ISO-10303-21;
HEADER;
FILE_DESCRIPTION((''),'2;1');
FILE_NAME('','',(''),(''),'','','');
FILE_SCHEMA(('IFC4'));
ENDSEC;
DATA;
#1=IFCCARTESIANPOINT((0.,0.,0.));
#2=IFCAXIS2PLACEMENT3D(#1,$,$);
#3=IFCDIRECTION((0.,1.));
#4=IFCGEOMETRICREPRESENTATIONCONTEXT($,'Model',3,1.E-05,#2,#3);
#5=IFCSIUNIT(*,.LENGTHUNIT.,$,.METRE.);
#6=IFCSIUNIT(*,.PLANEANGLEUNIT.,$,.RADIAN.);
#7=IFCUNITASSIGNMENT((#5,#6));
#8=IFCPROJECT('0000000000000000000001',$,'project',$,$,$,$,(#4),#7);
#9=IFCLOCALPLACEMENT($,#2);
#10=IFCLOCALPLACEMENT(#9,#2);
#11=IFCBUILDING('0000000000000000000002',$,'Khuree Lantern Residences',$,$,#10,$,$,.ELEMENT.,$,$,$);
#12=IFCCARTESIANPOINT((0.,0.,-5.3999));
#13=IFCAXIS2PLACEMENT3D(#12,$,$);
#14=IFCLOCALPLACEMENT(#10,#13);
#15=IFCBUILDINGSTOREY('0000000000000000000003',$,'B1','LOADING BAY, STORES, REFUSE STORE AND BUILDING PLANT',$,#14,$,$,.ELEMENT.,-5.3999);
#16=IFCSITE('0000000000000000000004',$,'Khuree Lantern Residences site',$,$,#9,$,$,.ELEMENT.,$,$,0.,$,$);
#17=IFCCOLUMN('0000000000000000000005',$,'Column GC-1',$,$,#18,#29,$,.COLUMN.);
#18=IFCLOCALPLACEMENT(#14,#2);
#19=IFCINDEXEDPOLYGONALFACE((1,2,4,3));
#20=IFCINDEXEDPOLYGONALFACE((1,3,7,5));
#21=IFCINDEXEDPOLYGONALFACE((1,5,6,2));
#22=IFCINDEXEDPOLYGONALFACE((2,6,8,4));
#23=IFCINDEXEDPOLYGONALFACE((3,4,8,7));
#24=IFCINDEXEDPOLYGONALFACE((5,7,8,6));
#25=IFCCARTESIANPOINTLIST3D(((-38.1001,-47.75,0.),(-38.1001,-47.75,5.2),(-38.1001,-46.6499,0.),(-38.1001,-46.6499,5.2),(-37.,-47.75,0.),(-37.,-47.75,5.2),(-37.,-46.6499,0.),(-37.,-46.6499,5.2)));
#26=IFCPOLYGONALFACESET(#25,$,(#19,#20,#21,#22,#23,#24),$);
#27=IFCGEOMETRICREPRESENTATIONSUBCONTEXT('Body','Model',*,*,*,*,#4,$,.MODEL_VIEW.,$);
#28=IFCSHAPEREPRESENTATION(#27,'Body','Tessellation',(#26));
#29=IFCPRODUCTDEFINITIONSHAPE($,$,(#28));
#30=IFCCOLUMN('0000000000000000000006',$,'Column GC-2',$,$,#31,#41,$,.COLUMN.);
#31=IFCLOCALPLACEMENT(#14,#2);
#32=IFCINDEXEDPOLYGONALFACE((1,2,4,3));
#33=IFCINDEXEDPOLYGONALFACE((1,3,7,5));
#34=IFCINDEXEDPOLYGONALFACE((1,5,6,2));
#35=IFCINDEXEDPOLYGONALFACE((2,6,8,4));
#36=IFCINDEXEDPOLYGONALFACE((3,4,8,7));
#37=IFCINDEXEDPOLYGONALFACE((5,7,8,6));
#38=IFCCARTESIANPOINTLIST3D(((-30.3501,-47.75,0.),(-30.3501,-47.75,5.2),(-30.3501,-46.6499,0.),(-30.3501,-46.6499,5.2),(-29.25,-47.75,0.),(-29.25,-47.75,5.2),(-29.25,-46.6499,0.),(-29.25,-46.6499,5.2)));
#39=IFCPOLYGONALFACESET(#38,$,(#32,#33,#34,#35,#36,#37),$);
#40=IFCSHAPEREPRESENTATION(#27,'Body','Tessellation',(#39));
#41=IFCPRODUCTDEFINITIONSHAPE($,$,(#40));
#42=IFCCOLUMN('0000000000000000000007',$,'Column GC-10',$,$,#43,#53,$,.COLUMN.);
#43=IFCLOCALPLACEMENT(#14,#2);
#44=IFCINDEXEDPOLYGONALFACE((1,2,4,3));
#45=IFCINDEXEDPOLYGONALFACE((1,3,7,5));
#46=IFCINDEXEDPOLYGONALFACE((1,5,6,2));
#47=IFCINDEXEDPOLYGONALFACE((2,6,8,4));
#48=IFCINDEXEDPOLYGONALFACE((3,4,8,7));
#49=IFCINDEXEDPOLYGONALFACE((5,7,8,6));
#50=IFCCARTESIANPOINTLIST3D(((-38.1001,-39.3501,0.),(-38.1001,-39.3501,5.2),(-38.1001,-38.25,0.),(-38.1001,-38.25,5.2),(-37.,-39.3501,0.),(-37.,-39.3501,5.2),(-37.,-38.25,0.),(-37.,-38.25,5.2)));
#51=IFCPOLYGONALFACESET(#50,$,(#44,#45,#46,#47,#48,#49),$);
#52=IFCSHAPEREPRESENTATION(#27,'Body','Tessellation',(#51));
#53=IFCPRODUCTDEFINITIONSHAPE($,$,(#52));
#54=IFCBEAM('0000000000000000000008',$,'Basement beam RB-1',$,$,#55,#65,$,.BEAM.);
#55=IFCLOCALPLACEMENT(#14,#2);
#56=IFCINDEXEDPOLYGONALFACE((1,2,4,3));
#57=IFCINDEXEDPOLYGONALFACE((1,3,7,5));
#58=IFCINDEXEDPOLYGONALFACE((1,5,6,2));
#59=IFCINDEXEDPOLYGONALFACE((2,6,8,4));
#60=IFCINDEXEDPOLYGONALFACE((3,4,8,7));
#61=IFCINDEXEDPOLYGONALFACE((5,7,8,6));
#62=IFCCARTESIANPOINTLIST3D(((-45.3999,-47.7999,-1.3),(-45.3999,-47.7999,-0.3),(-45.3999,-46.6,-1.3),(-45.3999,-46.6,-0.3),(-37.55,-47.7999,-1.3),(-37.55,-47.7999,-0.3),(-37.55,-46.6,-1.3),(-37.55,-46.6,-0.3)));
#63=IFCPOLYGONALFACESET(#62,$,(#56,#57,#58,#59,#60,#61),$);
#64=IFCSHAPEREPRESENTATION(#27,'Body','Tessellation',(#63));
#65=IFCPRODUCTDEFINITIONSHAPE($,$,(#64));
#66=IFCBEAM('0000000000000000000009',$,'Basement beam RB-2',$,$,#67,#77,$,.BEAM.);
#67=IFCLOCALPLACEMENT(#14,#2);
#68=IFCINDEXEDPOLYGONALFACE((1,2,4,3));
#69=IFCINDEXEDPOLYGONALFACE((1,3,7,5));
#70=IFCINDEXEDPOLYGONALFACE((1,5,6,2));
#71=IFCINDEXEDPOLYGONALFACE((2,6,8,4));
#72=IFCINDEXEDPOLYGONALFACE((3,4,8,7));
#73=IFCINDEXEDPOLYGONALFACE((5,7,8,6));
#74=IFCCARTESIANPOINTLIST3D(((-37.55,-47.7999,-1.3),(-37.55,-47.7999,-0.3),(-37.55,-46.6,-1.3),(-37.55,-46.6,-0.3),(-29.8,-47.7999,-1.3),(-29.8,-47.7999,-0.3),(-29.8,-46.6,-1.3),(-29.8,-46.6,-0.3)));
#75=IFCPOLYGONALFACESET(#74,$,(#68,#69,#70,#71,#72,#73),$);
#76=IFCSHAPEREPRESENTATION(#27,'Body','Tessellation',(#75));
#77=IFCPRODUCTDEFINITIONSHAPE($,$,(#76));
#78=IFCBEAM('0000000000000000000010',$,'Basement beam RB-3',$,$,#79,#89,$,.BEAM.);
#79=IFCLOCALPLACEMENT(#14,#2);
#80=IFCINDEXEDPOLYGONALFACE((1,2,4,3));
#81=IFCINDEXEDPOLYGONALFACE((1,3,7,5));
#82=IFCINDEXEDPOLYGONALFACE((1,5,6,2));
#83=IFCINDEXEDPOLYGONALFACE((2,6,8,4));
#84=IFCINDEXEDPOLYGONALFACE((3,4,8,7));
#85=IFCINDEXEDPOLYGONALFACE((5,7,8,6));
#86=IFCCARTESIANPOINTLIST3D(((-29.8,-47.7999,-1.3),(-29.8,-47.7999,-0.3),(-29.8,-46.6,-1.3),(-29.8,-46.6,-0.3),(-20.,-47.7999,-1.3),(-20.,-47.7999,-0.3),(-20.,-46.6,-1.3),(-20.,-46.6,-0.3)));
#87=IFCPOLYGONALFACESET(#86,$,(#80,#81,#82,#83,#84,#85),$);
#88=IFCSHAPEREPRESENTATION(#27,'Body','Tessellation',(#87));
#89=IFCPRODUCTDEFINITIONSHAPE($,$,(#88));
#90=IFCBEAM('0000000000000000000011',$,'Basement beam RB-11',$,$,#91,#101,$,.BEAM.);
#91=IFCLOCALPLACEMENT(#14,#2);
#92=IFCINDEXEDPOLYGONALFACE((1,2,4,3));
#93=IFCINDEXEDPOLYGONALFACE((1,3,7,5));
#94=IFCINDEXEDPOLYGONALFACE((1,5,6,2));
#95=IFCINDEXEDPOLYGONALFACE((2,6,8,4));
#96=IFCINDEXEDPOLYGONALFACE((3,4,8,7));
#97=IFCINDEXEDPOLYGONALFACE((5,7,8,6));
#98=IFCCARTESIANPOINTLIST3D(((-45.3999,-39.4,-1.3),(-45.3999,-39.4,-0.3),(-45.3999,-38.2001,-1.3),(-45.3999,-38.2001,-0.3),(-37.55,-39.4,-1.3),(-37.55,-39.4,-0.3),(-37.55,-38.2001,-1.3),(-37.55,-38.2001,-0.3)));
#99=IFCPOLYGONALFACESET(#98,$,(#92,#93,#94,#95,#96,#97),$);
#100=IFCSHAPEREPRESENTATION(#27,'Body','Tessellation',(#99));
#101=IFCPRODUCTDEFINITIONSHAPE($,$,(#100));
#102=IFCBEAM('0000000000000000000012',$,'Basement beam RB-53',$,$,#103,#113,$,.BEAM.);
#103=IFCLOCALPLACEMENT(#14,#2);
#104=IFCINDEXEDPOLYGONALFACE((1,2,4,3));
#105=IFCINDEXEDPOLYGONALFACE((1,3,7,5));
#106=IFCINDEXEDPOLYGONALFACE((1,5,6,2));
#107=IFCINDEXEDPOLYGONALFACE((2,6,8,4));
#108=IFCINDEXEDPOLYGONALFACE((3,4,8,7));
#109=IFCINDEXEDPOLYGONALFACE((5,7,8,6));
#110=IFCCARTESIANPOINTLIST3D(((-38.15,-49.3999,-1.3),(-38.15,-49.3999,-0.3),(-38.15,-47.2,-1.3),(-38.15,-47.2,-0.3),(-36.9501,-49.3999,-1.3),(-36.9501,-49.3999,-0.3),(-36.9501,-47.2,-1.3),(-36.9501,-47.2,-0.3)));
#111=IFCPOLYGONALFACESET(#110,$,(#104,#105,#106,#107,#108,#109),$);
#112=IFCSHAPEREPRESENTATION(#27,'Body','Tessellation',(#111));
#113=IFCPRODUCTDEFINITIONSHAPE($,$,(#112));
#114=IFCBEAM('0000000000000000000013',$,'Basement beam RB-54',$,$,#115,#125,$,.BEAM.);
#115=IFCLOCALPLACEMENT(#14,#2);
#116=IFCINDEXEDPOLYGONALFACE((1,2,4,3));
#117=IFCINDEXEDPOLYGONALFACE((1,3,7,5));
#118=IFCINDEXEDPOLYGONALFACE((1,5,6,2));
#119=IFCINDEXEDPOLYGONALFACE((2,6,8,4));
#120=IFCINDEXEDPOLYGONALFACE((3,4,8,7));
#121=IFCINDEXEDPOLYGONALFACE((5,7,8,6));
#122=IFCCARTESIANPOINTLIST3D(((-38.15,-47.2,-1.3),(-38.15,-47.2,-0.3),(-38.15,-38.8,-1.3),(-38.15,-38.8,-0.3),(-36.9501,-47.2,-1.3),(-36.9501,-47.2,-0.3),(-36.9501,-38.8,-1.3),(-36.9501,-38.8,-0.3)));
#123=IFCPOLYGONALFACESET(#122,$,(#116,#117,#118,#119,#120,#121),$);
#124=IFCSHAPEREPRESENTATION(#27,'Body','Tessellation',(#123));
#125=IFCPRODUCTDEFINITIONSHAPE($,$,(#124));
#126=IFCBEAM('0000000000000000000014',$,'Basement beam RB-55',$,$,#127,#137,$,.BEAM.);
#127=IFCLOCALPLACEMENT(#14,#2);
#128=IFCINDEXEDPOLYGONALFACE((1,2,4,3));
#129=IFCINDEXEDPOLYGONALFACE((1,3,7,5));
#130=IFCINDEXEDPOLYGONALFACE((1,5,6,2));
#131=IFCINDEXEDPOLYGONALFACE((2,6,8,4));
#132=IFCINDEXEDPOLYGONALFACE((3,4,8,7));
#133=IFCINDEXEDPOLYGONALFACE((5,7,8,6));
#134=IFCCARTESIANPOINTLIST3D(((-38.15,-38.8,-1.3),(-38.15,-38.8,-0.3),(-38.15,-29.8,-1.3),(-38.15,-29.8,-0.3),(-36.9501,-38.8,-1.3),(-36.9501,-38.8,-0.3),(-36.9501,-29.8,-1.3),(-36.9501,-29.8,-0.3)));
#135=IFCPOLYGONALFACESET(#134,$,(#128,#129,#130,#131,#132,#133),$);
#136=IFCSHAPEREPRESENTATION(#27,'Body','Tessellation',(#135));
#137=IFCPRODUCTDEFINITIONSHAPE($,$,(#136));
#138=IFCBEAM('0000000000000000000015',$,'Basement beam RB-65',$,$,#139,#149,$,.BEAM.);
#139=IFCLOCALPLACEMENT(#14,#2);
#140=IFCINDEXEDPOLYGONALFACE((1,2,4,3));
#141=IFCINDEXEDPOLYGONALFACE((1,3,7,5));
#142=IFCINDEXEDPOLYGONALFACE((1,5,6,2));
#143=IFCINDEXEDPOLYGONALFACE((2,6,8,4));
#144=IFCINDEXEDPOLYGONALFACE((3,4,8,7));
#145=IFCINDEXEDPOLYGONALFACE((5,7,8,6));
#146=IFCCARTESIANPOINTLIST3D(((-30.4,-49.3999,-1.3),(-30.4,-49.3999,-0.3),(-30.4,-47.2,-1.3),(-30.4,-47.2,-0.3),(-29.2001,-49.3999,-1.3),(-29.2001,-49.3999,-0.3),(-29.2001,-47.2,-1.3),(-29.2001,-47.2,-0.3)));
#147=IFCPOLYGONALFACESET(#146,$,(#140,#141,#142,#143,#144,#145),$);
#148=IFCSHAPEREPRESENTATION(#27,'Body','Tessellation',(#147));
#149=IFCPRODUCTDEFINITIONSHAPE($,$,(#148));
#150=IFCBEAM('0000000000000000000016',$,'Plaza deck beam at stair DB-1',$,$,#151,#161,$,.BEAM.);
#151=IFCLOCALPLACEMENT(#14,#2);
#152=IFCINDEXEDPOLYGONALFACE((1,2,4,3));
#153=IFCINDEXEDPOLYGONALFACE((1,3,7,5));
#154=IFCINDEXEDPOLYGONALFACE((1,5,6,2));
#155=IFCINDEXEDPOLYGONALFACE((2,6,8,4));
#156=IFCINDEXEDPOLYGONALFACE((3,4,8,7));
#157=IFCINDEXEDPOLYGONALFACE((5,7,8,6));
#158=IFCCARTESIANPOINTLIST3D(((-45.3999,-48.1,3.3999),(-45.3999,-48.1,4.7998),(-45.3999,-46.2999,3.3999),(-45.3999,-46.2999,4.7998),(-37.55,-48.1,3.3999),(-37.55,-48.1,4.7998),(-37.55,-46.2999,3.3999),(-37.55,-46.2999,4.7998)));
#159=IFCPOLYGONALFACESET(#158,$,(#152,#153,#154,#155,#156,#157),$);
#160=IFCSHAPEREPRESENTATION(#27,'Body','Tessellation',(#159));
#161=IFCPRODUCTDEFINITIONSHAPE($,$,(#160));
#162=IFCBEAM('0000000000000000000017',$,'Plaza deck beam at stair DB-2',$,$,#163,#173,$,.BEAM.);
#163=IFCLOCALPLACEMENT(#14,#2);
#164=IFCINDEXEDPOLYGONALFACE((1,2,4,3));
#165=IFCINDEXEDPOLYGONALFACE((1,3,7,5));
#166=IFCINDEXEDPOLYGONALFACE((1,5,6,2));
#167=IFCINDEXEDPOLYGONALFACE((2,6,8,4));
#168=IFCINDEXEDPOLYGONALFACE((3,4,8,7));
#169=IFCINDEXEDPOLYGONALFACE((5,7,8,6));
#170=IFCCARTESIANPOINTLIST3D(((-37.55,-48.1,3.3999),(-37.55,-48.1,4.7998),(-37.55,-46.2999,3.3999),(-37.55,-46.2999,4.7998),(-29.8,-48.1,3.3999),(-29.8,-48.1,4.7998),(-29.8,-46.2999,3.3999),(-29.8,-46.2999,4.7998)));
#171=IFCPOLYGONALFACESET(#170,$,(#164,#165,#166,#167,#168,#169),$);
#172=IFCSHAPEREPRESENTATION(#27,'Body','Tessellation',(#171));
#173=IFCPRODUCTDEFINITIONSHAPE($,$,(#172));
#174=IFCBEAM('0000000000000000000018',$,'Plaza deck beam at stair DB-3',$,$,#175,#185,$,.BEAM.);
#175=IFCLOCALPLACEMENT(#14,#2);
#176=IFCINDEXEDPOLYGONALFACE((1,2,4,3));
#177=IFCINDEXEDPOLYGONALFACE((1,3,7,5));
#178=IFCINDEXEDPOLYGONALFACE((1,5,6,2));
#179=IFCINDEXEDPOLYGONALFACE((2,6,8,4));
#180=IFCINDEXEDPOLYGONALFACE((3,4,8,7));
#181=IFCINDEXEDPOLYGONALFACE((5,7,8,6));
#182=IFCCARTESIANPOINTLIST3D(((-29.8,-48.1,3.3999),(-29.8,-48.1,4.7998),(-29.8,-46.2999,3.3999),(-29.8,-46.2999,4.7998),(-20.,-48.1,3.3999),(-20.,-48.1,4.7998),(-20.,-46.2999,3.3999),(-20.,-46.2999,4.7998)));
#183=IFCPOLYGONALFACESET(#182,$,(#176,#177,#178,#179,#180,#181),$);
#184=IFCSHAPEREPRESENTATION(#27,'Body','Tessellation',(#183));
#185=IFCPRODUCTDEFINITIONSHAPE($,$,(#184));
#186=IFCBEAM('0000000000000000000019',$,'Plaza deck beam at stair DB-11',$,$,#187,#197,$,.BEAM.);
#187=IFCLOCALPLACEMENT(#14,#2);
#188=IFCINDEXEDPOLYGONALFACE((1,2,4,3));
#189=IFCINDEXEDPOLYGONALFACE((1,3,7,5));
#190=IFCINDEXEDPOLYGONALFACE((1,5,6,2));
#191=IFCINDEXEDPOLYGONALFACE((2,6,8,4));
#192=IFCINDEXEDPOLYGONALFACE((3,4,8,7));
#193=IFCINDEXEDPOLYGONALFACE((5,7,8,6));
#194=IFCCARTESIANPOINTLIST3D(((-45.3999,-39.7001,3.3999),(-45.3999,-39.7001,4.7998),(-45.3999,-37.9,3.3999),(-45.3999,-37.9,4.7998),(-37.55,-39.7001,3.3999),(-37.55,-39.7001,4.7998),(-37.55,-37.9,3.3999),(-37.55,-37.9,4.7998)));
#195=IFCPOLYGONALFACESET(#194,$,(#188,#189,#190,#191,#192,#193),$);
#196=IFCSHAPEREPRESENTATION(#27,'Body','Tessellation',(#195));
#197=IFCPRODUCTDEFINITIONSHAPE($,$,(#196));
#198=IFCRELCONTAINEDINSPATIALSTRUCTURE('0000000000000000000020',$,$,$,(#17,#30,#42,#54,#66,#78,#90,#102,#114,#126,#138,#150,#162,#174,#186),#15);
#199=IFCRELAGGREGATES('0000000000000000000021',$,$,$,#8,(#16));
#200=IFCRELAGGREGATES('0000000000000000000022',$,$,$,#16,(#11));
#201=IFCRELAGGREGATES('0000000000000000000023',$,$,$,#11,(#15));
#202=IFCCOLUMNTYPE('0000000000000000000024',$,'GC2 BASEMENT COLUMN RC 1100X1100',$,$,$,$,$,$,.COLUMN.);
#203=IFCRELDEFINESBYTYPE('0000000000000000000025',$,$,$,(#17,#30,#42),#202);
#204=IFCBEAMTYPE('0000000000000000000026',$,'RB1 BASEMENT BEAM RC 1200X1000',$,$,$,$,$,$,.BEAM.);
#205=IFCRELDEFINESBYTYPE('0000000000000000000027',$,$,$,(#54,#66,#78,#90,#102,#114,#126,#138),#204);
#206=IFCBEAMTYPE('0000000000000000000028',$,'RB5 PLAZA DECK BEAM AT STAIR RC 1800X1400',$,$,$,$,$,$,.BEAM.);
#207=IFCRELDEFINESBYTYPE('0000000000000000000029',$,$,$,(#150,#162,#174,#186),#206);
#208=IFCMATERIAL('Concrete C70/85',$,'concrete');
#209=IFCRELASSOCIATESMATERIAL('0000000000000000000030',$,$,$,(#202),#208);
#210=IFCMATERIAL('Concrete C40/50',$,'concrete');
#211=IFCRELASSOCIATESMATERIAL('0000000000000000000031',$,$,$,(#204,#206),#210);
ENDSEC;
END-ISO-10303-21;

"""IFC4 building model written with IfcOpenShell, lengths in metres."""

from ifc_helpers import new_model, si_unit, direction, frame, origin, origin_2d, place, context, subcontext, project, spatial, rectangle, extrude, material, material_profile, profile_set, type_object, element, save


model = new_model("IFC4")

# Units and contexts
model_context = context("Model", 3, precision=1e-05, world=origin(), true_north=direction((0.0, 1.0)))
body_context = subcontext(model_context, "Body", "Model", "MODEL_VIEW")
ifc_project = project(units=[si_unit("LENGTHUNIT", "METRE"), si_unit("PLANEANGLEUNIT", "RADIAN")], contexts=[model_context])

# Site, building, storey
site_placement = place(None, origin())
site = spatial("IfcSite", under=ifc_project, at=site_placement, Name="Khuree Lantern Residences site", CompositionType="ELEMENT", RefElevation=0.0)
building_placement = place(site_placement, origin())
building = spatial("IfcBuilding", under=site, at=building_placement, Name="Khuree Lantern Residences", CompositionType="ELEMENT")
storey_placement = place(building_placement, frame((0.0, 0.0, -5.3999)))
storey = spatial("IfcBuildingStorey", under=building, at=storey_placement, Name="B1", Description="LOADING BAY, STORES, REFUSE STORE AND BUILDING PLANT", CompositionType="ELEMENT", Elevation=-5.3999)

# Columns
ifc_material_1 = material(Name="Concrete C70/85", Category="concrete")
ifc_material_profile_1 = material_profile(ifc_material_1, rectangle(XDim=1.1001, YDim=1.1001, at=origin_2d()), Name="RC 1100X1100")
ifc_profile_set_1 = profile_set([ifc_material_profile_1], Name="Concrete C70/85")
column_type = type_object("IfcColumnType", Name="GC2 BASEMENT COLUMN RC 1100X1100", PredefinedType="COLUMN", material=ifc_profile_set_1)
for number, where, z_axis, x_axis, name in (
    (1, (-37.55, -47.2, 0.0), (0.0, 0.0, 1.0), (1.0, 0.0, 0.0), "Column GC-1"),
    (2, (-29.8, -47.2, 0.0), (0.0, 0.0, 1.0), (1.0, 0.0, 0.0), "Column GC-2"),
    (3, (-37.55, -38.8, 0.0), (0.0, 0.0, 1.0), (1.0, 0.0, 0.0), "Column GC-10"),
):
    element("IfcColumn", number, at=place(storey_placement, frame(where, z_axis=z_axis, x_axis=x_axis)), inside=storey, type_object=column_type, Name=name, PredefinedType="COLUMN", context=body_context, shape_type="SweptSolid", body=[
        extrude(rectangle(XDim=1.1001, YDim=1.1001, at=origin_2d()), origin(), (0.0, 0.0, 1.0), 5.2),
    ])

# Beams
ifc_material_2 = material(Name="Concrete C40/50", Category="concrete")
ifc_material_profile_2 = material_profile(ifc_material_2, rectangle(XDim=1.2, YDim=1.0, at=origin_2d()), Name="RC 1200X1000")
ifc_profile_set_2 = profile_set([ifc_material_profile_2], Name="Concrete C40/50")
beam_type_1 = type_object("IfcBeamType", Name="RB1 BASEMENT BEAM RC 1200X1000", PredefinedType="BEAM", material=ifc_profile_set_2)
beam_1_placement = place(storey_placement, frame((-45.3999, -47.2, -0.8), z_axis=(1.0, 0.0, 0.0), x_axis=(0.0, 1.0, 0.0)))
element("IfcBeam", 4, at=beam_1_placement, inside=storey, type_object=beam_type_1, Name="Basement beam RB-1", PredefinedType="BEAM", context=body_context, shape_type="SweptSolid", body=[
    extrude(rectangle(XDim=1.2, YDim=1.0, at=origin_2d()), origin(), (0.0, 0.0, 1.0), 7.8499),
])
beam_2_placement = place(storey_placement, frame((-37.55, -47.2, -0.8), z_axis=(1.0, 0.0, 0.0), x_axis=(0.0, 1.0, 0.0)))
element("IfcBeam", 5, at=beam_2_placement, inside=storey, type_object=beam_type_1, Name="Basement beam RB-2", PredefinedType="BEAM", context=body_context, shape_type="SweptSolid", body=[
    extrude(rectangle(XDim=1.2, YDim=1.0, at=origin_2d()), origin(), (0.0, 0.0, 1.0), 7.75),
])
beam_3_placement = place(storey_placement, frame((-29.8, -47.2, -0.8), z_axis=(1.0, 0.0, 0.0), x_axis=(0.0, 1.0, 0.0)))
element("IfcBeam", 6, at=beam_3_placement, inside=storey, type_object=beam_type_1, Name="Basement beam RB-3", PredefinedType="BEAM", context=body_context, shape_type="SweptSolid", body=[
    extrude(rectangle(XDim=1.2, YDim=1.0, at=origin_2d()), origin(), (0.0, 0.0, 1.0), 9.8),
])
beam_4_placement = place(storey_placement, frame((-45.3999, -38.8, -0.8), z_axis=(1.0, 0.0, 0.0), x_axis=(0.0, 1.0, 0.0)))
element("IfcBeam", 7, at=beam_4_placement, inside=storey, type_object=beam_type_1, Name="Basement beam RB-11", PredefinedType="BEAM", context=body_context, shape_type="SweptSolid", body=[
    extrude(rectangle(XDim=1.2, YDim=1.0, at=origin_2d()), origin(), (0.0, 0.0, 1.0), 7.8499),
])
beam_5_placement = place(storey_placement, frame((-37.55, -49.3999, -0.8), z_axis=(0.0, 1.0, 0.0), x_axis=(-1.0, 0.0, 0.0)))
element("IfcBeam", 8, at=beam_5_placement, inside=storey, type_object=beam_type_1, Name="Basement beam RB-53", PredefinedType="BEAM", context=body_context, shape_type="SweptSolid", body=[
    extrude(rectangle(XDim=1.2, YDim=1.0, at=origin_2d()), origin(), (0.0, 0.0, 1.0), 2.2),
])
beam_6_placement = place(storey_placement, frame((-37.55, -47.2, -0.8), z_axis=(0.0, 1.0, 0.0), x_axis=(-1.0, 0.0, 0.0)))
element("IfcBeam", 9, at=beam_6_placement, inside=storey, type_object=beam_type_1, Name="Basement beam RB-54", PredefinedType="BEAM", context=body_context, shape_type="SweptSolid", body=[
    extrude(rectangle(XDim=1.2, YDim=1.0, at=origin_2d()), origin(), (0.0, 0.0, 1.0), 8.3999),
])
beam_7_placement = place(storey_placement, frame((-37.55, -38.8, -0.8), z_axis=(0.0, 1.0, 0.0), x_axis=(-1.0, 0.0, 0.0)))
element("IfcBeam", 10, at=beam_7_placement, inside=storey, type_object=beam_type_1, Name="Basement beam RB-55", PredefinedType="BEAM", context=body_context, shape_type="SweptSolid", body=[
    extrude(rectangle(XDim=1.2, YDim=1.0, at=origin_2d()), origin(), (0.0, 0.0, 1.0), 9.0),
])
beam_8_placement = place(storey_placement, frame((-29.8, -49.3999, -0.8), z_axis=(0.0, 1.0, 0.0), x_axis=(-1.0, 0.0, 0.0)))
element("IfcBeam", 11, at=beam_8_placement, inside=storey, type_object=beam_type_1, Name="Basement beam RB-65", PredefinedType="BEAM", context=body_context, shape_type="SweptSolid", body=[
    extrude(rectangle(XDim=1.2, YDim=1.0, at=origin_2d()), origin(), (0.0, 0.0, 1.0), 2.2),
])
ifc_material_profile_3 = material_profile(ifc_material_2, rectangle(XDim=1.8, YDim=1.3999, at=origin_2d()), Name="RC 1800X1400")
ifc_profile_set_3 = profile_set([ifc_material_profile_3], Name="Concrete C40/50")
beam_type_2 = type_object("IfcBeamType", Name="RB5 PLAZA DECK BEAM AT STAIR RC 1800X1400", PredefinedType="BEAM", material=ifc_profile_set_3)
beam_9_placement = place(storey_placement, frame((-45.3999, -47.2, 4.0999), z_axis=(1.0, 0.0, 0.0), x_axis=(0.0, 1.0, 0.0)))
element("IfcBeam", 12, at=beam_9_placement, inside=storey, type_object=beam_type_2, Name="Plaza deck beam at stair DB-1", PredefinedType="BEAM", context=body_context, shape_type="SweptSolid", body=[
    extrude(rectangle(XDim=1.8, YDim=1.3999, at=origin_2d()), origin(), (0.0, 0.0, 1.0), 7.8499),
])
beam_10_placement = place(storey_placement, frame((-37.55, -47.2, 4.0999), z_axis=(1.0, 0.0, 0.0), x_axis=(0.0, 1.0, 0.0)))
element("IfcBeam", 13, at=beam_10_placement, inside=storey, type_object=beam_type_2, Name="Plaza deck beam at stair DB-2", PredefinedType="BEAM", context=body_context, shape_type="SweptSolid", body=[
    extrude(rectangle(XDim=1.8, YDim=1.3999, at=origin_2d()), origin(), (0.0, 0.0, 1.0), 7.75),
])
beam_11_placement = place(storey_placement, frame((-29.8, -47.2, 4.0999), z_axis=(1.0, 0.0, 0.0), x_axis=(0.0, 1.0, 0.0)))
element("IfcBeam", 14, at=beam_11_placement, inside=storey, type_object=beam_type_2, Name="Plaza deck beam at stair DB-3", PredefinedType="BEAM", context=body_context, shape_type="SweptSolid", body=[
    extrude(rectangle(XDim=1.8, YDim=1.3999, at=origin_2d()), origin(), (0.0, 0.0, 1.0), 9.8),
])
beam_12_placement = place(storey_placement, frame((-45.3999, -38.8, 4.0999), z_axis=(1.0, 0.0, 0.0), x_axis=(0.0, 1.0, 0.0)))
element("IfcBeam", 15, at=beam_12_placement, inside=storey, type_object=beam_type_2, Name="Plaza deck beam at stair DB-11", PredefinedType="BEAM", context=body_context, shape_type="SweptSolid", body=[
    extrude(rectangle(XDim=1.8, YDim=1.3999, at=origin_2d()), origin(), (0.0, 0.0, 1.0), 7.8499),
])

save(model, "model.ifc")
